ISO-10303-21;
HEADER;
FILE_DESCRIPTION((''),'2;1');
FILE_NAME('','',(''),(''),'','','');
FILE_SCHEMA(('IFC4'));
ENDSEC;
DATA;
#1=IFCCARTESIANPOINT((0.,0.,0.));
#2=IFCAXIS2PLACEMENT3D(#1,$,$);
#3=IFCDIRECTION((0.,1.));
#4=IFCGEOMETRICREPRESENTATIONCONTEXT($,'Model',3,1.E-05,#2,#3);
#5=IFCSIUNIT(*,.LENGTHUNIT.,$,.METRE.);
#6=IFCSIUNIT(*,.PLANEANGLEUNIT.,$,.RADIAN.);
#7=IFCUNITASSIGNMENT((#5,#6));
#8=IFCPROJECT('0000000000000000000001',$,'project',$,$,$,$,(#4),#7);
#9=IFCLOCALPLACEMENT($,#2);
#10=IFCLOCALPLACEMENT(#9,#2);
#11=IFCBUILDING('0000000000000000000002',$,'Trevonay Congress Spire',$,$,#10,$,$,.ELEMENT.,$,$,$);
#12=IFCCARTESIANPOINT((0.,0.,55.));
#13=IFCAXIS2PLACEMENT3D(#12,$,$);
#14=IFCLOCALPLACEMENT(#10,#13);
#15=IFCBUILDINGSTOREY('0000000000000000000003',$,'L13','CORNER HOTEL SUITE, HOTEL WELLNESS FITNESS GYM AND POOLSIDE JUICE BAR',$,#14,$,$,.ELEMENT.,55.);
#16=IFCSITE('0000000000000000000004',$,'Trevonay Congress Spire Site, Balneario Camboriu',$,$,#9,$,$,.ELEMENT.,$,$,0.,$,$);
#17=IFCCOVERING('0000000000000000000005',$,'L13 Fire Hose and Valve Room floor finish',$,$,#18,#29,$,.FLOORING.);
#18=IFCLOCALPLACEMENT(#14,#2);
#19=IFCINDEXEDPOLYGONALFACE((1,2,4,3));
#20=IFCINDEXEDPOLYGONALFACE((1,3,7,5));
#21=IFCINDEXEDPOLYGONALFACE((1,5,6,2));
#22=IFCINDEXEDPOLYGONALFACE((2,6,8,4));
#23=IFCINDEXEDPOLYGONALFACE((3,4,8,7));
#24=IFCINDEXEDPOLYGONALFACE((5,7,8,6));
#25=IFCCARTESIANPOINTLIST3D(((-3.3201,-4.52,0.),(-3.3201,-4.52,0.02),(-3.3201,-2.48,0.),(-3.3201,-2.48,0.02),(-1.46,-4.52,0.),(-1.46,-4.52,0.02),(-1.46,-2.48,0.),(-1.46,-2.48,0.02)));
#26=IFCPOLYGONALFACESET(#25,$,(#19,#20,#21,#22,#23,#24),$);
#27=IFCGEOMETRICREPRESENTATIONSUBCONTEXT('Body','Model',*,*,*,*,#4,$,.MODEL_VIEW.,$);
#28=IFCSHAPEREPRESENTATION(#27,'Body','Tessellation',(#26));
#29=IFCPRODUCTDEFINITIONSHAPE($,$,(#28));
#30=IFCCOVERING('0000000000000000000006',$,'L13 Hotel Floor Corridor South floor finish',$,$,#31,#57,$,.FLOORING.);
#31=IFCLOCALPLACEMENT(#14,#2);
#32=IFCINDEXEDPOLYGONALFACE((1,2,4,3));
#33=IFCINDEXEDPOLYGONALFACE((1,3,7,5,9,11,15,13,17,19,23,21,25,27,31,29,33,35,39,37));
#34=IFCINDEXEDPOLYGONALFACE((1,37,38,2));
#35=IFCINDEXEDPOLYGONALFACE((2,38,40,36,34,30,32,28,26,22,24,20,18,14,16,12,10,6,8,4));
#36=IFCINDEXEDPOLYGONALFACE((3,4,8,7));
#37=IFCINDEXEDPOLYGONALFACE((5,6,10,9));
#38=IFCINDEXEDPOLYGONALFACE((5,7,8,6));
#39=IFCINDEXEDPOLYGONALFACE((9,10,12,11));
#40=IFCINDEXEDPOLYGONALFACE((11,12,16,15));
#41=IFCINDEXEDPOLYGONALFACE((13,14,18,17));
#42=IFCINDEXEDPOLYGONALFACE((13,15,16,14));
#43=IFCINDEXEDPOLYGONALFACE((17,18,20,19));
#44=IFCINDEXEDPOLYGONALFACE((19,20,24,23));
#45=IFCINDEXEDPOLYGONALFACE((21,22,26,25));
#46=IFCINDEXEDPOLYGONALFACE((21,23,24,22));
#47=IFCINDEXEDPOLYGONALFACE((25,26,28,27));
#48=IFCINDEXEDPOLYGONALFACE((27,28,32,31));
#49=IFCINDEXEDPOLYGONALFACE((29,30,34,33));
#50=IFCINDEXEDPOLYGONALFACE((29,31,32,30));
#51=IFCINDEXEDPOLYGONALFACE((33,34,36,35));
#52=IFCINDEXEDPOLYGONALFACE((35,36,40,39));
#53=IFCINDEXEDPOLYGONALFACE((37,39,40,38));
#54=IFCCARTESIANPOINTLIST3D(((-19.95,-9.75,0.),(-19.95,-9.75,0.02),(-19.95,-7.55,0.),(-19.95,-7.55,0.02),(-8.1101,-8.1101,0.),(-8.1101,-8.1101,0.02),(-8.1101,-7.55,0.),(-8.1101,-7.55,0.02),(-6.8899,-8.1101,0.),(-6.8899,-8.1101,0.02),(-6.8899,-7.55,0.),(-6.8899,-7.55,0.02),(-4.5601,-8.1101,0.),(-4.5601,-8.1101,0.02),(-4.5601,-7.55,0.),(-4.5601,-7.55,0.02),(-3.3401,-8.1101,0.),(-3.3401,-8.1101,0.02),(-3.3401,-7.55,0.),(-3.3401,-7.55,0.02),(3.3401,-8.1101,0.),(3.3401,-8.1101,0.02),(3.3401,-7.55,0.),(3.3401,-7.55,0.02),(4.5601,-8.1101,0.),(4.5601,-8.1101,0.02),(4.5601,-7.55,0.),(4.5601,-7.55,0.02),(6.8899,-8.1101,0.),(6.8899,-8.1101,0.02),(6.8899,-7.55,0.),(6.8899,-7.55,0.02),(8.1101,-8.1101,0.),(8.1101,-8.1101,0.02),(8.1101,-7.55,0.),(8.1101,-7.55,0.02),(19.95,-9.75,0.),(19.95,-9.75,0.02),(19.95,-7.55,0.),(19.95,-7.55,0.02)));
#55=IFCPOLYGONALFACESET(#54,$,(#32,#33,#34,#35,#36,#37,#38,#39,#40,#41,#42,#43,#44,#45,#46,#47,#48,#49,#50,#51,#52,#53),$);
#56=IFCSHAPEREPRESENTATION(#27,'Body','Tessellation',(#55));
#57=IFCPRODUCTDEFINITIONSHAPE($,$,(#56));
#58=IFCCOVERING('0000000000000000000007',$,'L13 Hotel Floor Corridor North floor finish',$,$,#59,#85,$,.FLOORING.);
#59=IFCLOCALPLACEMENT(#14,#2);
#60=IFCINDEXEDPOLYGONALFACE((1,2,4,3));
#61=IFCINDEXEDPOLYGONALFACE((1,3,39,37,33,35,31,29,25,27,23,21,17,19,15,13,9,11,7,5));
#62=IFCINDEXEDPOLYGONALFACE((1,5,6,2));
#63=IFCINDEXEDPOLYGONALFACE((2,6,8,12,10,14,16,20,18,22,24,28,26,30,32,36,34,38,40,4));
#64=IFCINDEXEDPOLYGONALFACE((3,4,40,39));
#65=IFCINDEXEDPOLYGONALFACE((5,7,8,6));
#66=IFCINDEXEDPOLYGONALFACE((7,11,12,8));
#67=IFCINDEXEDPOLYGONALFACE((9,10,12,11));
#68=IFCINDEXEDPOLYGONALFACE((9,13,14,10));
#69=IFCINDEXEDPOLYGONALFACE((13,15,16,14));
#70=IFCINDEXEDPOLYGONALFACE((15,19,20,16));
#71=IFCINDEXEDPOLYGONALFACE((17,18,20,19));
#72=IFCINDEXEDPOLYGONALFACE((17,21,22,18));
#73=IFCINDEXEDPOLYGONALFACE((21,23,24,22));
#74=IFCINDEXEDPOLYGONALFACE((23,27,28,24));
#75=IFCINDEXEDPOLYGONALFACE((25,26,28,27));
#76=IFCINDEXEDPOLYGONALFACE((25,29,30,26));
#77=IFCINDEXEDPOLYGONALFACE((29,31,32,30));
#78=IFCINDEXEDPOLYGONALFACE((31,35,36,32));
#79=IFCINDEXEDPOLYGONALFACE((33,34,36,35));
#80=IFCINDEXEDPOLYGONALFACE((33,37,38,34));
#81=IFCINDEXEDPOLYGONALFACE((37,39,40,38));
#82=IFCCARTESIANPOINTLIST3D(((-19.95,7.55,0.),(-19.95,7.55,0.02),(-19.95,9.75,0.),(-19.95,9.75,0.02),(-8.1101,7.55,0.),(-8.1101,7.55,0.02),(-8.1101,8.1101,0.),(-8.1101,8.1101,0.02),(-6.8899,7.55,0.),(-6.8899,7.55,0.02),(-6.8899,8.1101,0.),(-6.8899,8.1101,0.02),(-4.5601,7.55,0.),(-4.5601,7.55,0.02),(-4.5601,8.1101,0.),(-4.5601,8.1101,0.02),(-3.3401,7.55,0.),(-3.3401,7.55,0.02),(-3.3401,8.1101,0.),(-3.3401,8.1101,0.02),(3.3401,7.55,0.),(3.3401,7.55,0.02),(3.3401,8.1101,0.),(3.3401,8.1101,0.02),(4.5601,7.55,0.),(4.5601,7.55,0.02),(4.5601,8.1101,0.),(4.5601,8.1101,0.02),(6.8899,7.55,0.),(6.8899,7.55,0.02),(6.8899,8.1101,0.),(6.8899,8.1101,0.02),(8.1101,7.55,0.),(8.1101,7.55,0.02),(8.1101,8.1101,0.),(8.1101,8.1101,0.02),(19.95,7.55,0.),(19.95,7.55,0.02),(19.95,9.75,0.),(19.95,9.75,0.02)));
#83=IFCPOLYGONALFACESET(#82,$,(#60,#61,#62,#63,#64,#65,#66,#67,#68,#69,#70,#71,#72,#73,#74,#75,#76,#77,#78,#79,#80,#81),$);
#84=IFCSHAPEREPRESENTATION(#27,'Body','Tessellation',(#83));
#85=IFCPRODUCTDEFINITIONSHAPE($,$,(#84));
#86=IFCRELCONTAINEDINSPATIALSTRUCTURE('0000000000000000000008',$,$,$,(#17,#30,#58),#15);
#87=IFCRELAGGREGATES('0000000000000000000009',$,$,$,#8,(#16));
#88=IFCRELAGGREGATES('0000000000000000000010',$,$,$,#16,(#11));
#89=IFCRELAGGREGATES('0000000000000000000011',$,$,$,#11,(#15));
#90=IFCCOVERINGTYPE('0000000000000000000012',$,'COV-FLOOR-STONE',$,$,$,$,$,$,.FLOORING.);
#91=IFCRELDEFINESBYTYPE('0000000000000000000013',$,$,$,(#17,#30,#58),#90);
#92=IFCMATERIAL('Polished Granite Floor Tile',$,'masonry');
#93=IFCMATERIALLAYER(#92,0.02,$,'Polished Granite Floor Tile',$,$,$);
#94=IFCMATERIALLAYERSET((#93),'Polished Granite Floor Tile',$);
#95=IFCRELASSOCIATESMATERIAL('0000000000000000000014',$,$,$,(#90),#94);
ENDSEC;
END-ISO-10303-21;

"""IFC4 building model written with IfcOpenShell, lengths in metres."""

from ifc_helpers import new_model, si_unit, direction, frame, origin, place, context, subcontext, project, spatial, polyline, outline, extrude, material, layer, layer_set, type_object, element, save


model = new_model("IFC4")

# Units and contexts
model_context = context("Model", 3, precision=1e-05, world=origin(), true_north=direction((0.0, 1.0)))
body_context = subcontext(model_context, "Body", "Model", "MODEL_VIEW")
ifc_project = project(units=[si_unit("LENGTHUNIT", "METRE"), si_unit("PLANEANGLEUNIT", "RADIAN")], contexts=[model_context])

# Site, building, storey
site_placement = place(None, origin())
site = spatial("IfcSite", under=ifc_project, at=site_placement, Name="Trevonay Congress Spire Site, Balneario Camboriu", CompositionType="ELEMENT", RefElevation=0.0)
building_placement = place(site_placement, origin())
building = spatial("IfcBuilding", under=site, at=building_placement, Name="Trevonay Congress Spire", CompositionType="ELEMENT")
storey_placement = place(building_placement, frame((0.0, 0.0, 55.0)))
storey = spatial("IfcBuildingStorey", under=building, at=storey_placement, Name="L13", Description="CORNER HOTEL SUITE, HOTEL WELLNESS FITNESS GYM AND POOLSIDE JUICE BAR", CompositionType="ELEMENT", Elevation=55.0)

# Coverings
ifc_material_1 = material(Name="Polished Granite Floor Tile", Category="masonry")
ifc_layer_1 = layer(ifc_material_1, 0.02, Name="Polished Granite Floor Tile")
ifc_layer_set_1 = layer_set([ifc_layer_1], Name="Polished Granite Floor Tile")
covering_type_1 = type_object("IfcCoveringType", Name="COV-FLOOR-STONE", PredefinedType="FLOORING", material=ifc_layer_set_1)
covering_1_placement = place(storey_placement, origin())
element("IfcCovering", 1, at=covering_1_placement, inside=storey, type_object=covering_type_1, Name="L13 Fire Hose and Valve Room floor finish", PredefinedType="FLOORING", context=body_context, shape_type="SweptSolid", body=[
    extrude(outline(polyline([(-3.3201, -4.52), (-1.46, -4.52), (-1.46, -2.48), (-3.3201, -2.48), (-3.3201, -4.52)])), origin(), (0.0, 0.0, 1.0), 0.02),
])
covering_2_placement = place(storey_placement, origin())
element("IfcCovering", 2, at=covering_2_placement, inside=storey, type_object=covering_type_1, Name="L13 Hotel Floor Corridor South floor finish", PredefinedType="FLOORING", context=body_context, shape_type="SweptSolid", body=[
    extrude(outline(polyline([(19.95, -7.55), (19.95, -9.75), (-19.95, -9.75), (-19.95, -7.55), (-8.1101, -7.55), (-8.1101, -8.1101), (-6.8899, -8.1101), (-6.8899, -7.55), (-4.5601, -7.55), (-4.5601, -8.1101), (-3.3401, -8.1101), (-3.3401, -7.55), (3.3401, -7.55), (3.3401, -8.1101), (4.5601, -8.1101), (4.5601, -7.55), (6.8899, -7.55), (6.8899, -8.1101), (8.1101, -8.1101), (8.1101, -7.55), (19.95, -7.55)])), origin(), (0.0, 0.0, 1.0), 0.02),
])
covering_3_placement = place(storey_placement, origin())
element("IfcCovering", 3, at=covering_3_placement, inside=storey, type_object=covering_type_1, Name="L13 Hotel Floor Corridor North floor finish", PredefinedType="FLOORING", context=body_context, shape_type="SweptSolid", body=[
    extrude(outline(polyline([(-19.95, 7.55), (-19.95, 9.75), (19.95, 9.75), (19.95, 7.55), (8.1101, 7.55), (8.1101, 8.1101), (6.8899, 8.1101), (6.8899, 7.55), (4.5601, 7.55), (4.5601, 8.1101), (3.3401, 8.1101), (3.3401, 7.55), (-3.3401, 7.55), (-3.3401, 8.1101), (-4.5601, 8.1101), (-4.5601, 7.55), (-6.8899, 7.55), (-6.8899, 8.1101), (-8.1101, 8.1101), (-8.1101, 7.55), (-19.95, 7.55)])), origin(), (0.0, 0.0, 1.0), 0.02),
])

save(model, "model.ifc")
